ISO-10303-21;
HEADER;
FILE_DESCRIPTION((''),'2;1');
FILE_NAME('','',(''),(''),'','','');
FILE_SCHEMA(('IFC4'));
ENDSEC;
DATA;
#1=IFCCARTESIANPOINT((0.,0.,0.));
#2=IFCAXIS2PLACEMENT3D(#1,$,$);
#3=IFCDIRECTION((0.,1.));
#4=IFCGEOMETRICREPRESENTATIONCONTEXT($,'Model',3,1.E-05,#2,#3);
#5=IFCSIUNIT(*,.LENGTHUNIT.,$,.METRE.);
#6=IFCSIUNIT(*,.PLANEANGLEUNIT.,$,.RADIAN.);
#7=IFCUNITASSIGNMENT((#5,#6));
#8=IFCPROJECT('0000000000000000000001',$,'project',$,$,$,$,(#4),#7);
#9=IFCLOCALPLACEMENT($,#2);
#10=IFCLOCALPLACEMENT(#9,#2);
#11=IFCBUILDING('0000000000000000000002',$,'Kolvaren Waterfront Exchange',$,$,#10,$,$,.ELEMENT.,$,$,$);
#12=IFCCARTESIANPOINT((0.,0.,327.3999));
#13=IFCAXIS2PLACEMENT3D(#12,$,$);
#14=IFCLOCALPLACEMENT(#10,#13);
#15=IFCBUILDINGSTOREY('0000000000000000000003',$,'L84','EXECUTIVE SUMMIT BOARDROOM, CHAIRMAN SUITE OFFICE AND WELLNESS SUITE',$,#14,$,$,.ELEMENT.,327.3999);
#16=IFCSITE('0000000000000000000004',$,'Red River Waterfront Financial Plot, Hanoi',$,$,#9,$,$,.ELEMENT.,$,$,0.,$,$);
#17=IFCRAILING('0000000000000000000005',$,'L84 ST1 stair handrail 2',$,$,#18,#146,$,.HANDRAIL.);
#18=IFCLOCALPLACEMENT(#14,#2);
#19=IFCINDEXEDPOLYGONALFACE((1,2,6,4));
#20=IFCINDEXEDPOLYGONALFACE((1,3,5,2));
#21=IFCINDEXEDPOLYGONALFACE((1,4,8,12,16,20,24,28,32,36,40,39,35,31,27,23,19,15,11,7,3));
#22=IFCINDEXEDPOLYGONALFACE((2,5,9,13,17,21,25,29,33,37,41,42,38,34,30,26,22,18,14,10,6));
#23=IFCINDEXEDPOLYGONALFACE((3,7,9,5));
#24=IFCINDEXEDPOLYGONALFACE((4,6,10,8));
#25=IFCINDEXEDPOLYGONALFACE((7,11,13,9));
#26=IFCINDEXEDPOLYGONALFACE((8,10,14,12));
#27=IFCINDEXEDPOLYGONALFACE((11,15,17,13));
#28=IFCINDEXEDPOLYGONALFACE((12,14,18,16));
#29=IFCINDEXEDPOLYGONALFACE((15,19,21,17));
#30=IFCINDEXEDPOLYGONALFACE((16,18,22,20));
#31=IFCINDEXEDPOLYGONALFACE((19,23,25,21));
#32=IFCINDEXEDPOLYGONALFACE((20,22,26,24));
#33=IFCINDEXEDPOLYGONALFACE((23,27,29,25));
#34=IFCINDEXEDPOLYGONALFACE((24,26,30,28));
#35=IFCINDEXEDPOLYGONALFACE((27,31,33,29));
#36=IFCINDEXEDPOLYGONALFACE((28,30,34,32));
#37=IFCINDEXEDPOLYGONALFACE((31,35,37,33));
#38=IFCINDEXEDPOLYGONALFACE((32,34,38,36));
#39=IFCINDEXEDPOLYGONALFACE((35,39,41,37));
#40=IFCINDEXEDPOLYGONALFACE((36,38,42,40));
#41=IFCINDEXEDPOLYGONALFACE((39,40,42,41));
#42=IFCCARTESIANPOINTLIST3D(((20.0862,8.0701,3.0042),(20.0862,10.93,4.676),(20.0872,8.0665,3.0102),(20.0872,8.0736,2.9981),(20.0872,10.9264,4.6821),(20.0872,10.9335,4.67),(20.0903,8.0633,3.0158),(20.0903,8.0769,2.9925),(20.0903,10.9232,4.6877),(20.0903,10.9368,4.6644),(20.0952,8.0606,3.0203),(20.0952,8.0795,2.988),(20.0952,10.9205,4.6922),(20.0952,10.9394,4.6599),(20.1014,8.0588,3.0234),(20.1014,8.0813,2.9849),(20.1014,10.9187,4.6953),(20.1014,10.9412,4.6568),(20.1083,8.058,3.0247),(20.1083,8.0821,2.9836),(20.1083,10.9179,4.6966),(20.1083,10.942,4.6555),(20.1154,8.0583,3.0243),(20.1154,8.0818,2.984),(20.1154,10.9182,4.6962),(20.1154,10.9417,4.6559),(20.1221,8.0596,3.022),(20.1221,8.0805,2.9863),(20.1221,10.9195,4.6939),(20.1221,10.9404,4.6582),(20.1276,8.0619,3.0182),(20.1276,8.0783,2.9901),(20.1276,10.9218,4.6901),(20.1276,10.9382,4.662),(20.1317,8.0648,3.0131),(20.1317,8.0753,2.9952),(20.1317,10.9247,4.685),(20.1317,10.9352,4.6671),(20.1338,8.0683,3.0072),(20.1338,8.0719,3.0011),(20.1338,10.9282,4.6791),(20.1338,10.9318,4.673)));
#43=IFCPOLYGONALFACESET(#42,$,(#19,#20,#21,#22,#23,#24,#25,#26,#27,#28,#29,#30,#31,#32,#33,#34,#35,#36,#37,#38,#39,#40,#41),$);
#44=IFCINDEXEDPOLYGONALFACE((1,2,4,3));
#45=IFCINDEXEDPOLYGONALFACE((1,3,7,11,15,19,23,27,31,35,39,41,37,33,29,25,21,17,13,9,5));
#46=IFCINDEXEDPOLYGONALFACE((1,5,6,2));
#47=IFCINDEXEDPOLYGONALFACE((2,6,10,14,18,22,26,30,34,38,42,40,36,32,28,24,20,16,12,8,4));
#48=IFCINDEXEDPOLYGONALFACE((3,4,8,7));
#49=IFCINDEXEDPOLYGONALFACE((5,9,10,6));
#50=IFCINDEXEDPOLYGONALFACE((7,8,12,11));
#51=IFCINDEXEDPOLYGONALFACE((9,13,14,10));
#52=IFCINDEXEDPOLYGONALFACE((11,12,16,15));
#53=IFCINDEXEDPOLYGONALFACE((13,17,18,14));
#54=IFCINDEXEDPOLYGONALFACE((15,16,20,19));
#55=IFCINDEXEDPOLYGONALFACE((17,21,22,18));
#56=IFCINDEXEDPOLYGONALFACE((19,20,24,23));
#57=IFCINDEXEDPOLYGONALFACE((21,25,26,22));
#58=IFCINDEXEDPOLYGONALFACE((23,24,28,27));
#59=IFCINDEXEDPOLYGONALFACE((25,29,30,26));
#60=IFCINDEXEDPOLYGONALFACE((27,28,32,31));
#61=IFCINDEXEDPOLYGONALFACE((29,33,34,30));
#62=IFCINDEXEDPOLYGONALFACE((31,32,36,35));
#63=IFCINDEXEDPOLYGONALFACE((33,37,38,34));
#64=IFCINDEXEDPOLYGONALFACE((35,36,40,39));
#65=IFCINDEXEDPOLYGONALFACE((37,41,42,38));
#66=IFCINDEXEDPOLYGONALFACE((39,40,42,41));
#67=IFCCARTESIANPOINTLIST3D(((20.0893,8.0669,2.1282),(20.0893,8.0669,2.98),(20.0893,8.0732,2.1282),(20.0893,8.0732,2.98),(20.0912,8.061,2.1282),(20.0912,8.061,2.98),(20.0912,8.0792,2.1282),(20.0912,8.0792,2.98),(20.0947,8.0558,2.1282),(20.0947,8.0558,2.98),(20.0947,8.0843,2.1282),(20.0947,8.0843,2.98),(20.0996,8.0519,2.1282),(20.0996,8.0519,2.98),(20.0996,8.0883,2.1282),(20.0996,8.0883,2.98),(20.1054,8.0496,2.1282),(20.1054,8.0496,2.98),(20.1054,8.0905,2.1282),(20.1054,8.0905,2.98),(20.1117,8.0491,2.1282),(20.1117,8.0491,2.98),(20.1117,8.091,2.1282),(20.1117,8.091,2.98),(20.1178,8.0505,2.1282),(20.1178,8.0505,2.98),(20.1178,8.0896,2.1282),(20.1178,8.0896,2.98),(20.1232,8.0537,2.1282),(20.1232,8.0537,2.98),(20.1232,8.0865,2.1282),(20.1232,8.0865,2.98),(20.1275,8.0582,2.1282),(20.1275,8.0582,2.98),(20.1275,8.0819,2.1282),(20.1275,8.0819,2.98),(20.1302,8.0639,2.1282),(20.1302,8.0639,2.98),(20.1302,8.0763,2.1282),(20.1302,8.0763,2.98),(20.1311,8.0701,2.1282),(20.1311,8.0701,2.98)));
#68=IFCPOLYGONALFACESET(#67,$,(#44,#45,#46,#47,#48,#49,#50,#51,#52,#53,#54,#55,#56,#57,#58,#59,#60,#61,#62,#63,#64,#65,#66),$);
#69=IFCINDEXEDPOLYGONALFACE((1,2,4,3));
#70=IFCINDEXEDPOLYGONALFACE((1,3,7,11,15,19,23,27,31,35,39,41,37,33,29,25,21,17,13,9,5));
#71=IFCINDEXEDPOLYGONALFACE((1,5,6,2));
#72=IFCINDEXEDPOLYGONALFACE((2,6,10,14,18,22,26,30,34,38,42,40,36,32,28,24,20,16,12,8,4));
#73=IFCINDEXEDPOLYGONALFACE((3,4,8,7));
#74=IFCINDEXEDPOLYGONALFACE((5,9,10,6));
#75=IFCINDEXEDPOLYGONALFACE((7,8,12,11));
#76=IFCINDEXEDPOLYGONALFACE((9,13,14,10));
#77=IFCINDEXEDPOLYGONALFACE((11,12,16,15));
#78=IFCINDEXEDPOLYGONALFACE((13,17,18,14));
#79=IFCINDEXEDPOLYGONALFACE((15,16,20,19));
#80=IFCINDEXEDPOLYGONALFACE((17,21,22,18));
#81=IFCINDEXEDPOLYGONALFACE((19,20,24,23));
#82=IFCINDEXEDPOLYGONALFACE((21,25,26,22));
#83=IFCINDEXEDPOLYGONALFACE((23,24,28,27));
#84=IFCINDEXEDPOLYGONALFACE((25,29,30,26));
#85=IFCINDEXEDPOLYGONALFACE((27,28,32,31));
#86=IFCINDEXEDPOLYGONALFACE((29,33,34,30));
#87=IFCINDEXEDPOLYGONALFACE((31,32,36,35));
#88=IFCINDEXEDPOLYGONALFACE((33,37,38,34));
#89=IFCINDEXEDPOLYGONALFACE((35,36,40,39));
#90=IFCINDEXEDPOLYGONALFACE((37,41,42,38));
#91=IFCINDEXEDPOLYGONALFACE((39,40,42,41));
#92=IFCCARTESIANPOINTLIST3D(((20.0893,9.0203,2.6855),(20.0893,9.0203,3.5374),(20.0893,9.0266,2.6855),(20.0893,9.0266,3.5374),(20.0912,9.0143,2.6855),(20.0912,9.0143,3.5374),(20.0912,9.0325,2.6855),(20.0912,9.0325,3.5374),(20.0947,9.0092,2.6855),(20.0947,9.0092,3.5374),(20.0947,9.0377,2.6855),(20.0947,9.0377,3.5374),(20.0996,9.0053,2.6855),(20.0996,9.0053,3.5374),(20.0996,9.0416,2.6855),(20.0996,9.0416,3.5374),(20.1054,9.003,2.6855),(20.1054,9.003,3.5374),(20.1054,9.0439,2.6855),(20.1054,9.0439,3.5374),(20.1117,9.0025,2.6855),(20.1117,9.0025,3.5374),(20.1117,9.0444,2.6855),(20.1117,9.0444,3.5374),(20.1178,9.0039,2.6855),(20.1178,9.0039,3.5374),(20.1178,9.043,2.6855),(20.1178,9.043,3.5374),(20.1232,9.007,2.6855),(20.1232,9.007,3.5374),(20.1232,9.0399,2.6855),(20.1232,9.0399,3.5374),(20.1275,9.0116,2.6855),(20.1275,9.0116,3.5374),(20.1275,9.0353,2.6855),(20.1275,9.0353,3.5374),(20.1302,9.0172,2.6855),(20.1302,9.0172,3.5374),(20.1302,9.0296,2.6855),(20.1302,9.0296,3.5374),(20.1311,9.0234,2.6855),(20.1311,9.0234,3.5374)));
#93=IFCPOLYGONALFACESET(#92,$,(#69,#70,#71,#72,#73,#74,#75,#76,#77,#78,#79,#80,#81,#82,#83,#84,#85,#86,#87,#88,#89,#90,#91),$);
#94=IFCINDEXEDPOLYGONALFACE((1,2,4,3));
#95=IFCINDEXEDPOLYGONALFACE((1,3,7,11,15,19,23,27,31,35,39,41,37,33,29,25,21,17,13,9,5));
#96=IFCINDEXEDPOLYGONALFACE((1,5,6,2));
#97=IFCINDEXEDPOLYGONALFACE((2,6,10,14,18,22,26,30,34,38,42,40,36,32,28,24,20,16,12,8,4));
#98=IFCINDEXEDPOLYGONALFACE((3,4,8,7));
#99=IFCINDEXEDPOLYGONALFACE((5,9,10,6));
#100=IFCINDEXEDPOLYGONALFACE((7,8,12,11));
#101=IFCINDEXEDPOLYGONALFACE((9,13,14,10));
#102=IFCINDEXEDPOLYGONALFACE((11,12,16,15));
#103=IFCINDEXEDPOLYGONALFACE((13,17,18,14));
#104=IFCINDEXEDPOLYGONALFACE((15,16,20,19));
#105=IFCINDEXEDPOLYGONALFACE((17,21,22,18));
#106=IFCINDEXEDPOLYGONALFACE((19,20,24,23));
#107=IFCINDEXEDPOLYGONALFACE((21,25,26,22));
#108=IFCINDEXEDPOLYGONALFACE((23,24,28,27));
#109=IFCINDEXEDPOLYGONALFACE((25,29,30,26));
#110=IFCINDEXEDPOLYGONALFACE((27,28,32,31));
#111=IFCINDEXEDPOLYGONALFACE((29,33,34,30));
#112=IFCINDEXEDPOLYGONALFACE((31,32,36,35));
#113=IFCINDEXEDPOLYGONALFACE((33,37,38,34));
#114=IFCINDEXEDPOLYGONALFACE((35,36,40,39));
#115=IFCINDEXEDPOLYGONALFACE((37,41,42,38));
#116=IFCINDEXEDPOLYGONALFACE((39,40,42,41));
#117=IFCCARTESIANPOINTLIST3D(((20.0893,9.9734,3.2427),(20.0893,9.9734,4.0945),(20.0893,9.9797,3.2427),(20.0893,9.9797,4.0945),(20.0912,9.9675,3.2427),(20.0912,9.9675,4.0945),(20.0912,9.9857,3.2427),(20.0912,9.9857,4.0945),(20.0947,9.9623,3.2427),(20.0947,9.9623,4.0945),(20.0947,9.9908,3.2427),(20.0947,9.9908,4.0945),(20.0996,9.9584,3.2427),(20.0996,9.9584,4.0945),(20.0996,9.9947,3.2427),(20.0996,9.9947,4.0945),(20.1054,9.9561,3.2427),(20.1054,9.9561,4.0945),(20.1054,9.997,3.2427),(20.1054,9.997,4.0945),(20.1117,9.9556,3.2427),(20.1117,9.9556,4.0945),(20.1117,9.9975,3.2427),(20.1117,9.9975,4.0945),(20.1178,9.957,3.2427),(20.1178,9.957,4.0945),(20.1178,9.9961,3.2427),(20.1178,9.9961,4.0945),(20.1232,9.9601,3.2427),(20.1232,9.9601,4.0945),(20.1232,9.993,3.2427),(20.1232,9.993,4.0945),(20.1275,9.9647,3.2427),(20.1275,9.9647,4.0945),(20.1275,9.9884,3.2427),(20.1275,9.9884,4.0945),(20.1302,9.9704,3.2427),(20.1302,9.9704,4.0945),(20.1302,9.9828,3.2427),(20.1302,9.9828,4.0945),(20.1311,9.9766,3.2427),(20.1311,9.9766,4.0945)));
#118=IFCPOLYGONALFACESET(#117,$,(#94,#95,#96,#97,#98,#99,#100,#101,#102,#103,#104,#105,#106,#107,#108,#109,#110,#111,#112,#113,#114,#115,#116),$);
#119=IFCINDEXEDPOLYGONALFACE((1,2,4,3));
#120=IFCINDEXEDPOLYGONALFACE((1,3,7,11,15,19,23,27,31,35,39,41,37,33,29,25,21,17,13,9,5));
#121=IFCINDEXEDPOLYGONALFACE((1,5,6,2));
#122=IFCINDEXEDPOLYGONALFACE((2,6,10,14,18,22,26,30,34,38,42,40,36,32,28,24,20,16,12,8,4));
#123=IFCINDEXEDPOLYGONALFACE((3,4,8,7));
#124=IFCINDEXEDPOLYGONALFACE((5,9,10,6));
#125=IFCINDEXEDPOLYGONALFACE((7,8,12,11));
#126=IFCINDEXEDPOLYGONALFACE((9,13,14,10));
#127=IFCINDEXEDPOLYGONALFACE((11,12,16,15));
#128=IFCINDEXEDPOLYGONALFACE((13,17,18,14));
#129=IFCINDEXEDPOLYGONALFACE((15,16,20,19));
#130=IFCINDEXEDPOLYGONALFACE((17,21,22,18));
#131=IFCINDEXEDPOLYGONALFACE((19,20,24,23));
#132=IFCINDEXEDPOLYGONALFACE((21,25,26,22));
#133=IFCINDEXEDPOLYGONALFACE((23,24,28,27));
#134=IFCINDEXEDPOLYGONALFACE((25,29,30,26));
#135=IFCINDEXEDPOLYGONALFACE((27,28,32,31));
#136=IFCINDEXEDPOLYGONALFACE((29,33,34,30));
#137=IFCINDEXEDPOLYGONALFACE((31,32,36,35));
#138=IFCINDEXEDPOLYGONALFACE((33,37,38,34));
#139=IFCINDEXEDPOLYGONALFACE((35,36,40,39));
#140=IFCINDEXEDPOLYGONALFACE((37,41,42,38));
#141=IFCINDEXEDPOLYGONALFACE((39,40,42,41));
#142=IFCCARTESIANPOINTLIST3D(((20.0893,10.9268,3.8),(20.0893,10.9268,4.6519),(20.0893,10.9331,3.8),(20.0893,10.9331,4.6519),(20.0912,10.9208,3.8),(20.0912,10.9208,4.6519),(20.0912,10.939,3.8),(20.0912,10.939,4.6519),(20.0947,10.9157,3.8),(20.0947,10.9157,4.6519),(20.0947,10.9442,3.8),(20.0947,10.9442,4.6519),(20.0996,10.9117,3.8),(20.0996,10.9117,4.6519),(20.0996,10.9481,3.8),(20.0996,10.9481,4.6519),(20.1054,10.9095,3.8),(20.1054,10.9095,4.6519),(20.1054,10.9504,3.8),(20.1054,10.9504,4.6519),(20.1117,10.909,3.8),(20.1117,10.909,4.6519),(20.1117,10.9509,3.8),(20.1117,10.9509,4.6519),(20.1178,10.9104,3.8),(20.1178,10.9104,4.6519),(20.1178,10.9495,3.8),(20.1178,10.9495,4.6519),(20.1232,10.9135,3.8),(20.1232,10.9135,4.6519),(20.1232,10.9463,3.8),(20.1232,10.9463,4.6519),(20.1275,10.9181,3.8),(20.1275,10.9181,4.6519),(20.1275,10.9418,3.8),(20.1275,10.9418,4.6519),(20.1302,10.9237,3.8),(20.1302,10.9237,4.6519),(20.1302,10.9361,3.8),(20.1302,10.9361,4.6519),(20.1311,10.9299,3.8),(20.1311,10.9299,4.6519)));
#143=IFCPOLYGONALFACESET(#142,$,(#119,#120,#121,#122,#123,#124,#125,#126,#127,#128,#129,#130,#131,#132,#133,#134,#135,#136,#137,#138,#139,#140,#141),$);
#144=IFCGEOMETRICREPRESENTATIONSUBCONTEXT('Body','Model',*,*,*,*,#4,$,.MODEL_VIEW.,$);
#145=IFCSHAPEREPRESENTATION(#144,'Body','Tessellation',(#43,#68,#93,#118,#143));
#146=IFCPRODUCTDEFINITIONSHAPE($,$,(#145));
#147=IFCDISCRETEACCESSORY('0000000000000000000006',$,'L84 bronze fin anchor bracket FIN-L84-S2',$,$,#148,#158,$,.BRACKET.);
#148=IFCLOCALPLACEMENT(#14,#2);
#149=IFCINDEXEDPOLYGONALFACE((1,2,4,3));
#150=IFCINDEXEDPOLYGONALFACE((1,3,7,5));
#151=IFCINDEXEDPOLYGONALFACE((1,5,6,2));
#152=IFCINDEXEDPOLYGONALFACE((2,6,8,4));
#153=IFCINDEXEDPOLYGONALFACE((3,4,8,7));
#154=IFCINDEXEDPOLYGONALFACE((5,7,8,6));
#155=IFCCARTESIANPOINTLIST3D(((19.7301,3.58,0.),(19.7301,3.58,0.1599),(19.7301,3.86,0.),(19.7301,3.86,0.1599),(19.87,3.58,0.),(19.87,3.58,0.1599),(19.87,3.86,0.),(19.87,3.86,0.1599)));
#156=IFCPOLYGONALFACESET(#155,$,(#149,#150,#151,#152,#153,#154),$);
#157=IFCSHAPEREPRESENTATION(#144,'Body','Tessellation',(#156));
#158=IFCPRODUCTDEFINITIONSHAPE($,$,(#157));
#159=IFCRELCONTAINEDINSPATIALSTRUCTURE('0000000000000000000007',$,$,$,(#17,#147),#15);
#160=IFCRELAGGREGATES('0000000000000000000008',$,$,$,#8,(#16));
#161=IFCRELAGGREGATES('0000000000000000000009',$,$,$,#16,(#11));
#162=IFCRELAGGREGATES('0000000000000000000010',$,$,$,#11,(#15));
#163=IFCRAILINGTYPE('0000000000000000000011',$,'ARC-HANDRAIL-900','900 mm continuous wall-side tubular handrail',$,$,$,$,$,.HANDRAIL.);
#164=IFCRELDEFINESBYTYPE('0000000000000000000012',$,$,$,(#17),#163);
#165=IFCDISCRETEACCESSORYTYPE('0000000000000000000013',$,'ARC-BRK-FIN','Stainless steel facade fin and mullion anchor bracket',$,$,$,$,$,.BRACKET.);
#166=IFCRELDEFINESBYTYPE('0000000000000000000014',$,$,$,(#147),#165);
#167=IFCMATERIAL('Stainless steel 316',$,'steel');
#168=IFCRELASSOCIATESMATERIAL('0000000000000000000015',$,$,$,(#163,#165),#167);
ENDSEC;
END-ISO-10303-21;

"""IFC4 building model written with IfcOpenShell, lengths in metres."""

from ifc_helpers import new_model, si_unit, direction, frame, origin, origin_with_axes, origin_2d, place, context, subcontext, project, spatial, rectangle, circle, extrude, source, transform, mapped, material, type_object, element, save


model = new_model("IFC4")

# Units and contexts
model_context = context("Model", 3, precision=1e-05, world=origin(), true_north=direction((0.0, 1.0)))
body_context = subcontext(model_context, "Body", "Model", "MODEL_VIEW")
ifc_project = project(units=[si_unit("LENGTHUNIT", "METRE"), si_unit("PLANEANGLEUNIT", "RADIAN")], contexts=[model_context])

# Site, building, storey
site_placement = place(None, origin())
site = spatial("IfcSite", under=ifc_project, at=site_placement, Name="Red River Waterfront Financial Plot, Hanoi", CompositionType="ELEMENT", RefElevation=0.0)
building_placement = place(site_placement, origin())
building = spatial("IfcBuilding", under=site, at=building_placement, Name="Kolvaren Waterfront Exchange", CompositionType="ELEMENT")
storey_placement = place(building_placement, frame((0.0, 0.0, 327.3999)))
storey = spatial("IfcBuildingStorey", under=building, at=storey_placement, Name="L84", Description="EXECUTIVE SUMMIT BOARDROOM, CHAIRMAN SUITE OFFICE AND WELLNESS SUITE", CompositionType="ELEMENT", Elevation=327.3999)

# Railing
ifc_material_1 = material(Name="Stainless steel 316", Category="steel")
railing_type_1 = type_object("IfcRailingType", Name="ARC-HANDRAIL-900", Description="900 mm continuous wall-side tubular handrail", PredefinedType="HANDRAIL", material=ifc_material_1)
railing_1_placement = place(storey_placement, frame((20.1101, 8.0701, 2.1282)))
element("IfcRailing", 1, at=railing_1_placement, inside=storey, type_object=railing_type_1, Name="L84 ST1 stair handrail 2", PredefinedType="HANDRAIL", context=body_context, shape_type="SweptSolid", body=[
    extrude(circle(Radius=0.0239, at=origin_2d()), frame((0.0, 0.0, 0.876), z_axis=(0.0, 0.863303, 0.504686), x_axis=(-1.0, 0.0, 0.0)), (0.0, 0.0, 1.0), 3.3127),
    extrude(circle(Radius=0.021, at=origin_2d()), origin(), (0.0, 0.0, 1.0), 0.8518),
    extrude(circle(Radius=0.021, at=origin_2d()), frame((0.0, 0.9534, 0.5574)), (0.0, 0.0, 1.0), 0.8518),
    extrude(circle(Radius=0.021, at=origin_2d()), frame((0.0, 1.9065, 1.1145)), (0.0, 0.0, 1.0), 0.8518),
    extrude(circle(Radius=0.021, at=origin_2d()), frame((0.0, 2.8599, 1.6719)), (0.0, 0.0, 1.0), 0.8518),
])

# Discrete accessory
discrete_accessory_type = type_object("IfcDiscreteAccessoryType", Name="ARC-BRK-FIN", Description="Stainless steel facade fin and mullion anchor bracket", PredefinedType="BRACKET", material=ifc_material_1)
shared_shape_1 = source(origin_with_axes(), body_context, "Body", "SweptSolid", [
    extrude(rectangle(XDim=0.28, YDim=0.1399, at=origin_2d()), origin(), (0.0, 0.0, 1.0), 0.1599),
])
discrete_accessory_placement = place(storey_placement, frame((19.8, 3.72, 0.0), z_axis=(0.0, 0.0, 1.0), x_axis=(0.0, -1.0, 0.0)))
element("IfcDiscreteAccessory", 2, at=discrete_accessory_placement, inside=storey, type_object=discrete_accessory_type, Name="L84 bronze fin anchor bracket FIN-L84-S2", PredefinedType="BRACKET", context=body_context, shape_type="MappedRepresentation", body=[
    mapped(shared_shape_1, transform((0.0, 0.0, 0.0), x_axis=(1.0, 0.0, 0.0), y_axis=(0.0, 1.0, 0.0), z_axis=(0.0, 0.0, 1.0), scale=1.0)),
])

save(model, "model.ifc")
